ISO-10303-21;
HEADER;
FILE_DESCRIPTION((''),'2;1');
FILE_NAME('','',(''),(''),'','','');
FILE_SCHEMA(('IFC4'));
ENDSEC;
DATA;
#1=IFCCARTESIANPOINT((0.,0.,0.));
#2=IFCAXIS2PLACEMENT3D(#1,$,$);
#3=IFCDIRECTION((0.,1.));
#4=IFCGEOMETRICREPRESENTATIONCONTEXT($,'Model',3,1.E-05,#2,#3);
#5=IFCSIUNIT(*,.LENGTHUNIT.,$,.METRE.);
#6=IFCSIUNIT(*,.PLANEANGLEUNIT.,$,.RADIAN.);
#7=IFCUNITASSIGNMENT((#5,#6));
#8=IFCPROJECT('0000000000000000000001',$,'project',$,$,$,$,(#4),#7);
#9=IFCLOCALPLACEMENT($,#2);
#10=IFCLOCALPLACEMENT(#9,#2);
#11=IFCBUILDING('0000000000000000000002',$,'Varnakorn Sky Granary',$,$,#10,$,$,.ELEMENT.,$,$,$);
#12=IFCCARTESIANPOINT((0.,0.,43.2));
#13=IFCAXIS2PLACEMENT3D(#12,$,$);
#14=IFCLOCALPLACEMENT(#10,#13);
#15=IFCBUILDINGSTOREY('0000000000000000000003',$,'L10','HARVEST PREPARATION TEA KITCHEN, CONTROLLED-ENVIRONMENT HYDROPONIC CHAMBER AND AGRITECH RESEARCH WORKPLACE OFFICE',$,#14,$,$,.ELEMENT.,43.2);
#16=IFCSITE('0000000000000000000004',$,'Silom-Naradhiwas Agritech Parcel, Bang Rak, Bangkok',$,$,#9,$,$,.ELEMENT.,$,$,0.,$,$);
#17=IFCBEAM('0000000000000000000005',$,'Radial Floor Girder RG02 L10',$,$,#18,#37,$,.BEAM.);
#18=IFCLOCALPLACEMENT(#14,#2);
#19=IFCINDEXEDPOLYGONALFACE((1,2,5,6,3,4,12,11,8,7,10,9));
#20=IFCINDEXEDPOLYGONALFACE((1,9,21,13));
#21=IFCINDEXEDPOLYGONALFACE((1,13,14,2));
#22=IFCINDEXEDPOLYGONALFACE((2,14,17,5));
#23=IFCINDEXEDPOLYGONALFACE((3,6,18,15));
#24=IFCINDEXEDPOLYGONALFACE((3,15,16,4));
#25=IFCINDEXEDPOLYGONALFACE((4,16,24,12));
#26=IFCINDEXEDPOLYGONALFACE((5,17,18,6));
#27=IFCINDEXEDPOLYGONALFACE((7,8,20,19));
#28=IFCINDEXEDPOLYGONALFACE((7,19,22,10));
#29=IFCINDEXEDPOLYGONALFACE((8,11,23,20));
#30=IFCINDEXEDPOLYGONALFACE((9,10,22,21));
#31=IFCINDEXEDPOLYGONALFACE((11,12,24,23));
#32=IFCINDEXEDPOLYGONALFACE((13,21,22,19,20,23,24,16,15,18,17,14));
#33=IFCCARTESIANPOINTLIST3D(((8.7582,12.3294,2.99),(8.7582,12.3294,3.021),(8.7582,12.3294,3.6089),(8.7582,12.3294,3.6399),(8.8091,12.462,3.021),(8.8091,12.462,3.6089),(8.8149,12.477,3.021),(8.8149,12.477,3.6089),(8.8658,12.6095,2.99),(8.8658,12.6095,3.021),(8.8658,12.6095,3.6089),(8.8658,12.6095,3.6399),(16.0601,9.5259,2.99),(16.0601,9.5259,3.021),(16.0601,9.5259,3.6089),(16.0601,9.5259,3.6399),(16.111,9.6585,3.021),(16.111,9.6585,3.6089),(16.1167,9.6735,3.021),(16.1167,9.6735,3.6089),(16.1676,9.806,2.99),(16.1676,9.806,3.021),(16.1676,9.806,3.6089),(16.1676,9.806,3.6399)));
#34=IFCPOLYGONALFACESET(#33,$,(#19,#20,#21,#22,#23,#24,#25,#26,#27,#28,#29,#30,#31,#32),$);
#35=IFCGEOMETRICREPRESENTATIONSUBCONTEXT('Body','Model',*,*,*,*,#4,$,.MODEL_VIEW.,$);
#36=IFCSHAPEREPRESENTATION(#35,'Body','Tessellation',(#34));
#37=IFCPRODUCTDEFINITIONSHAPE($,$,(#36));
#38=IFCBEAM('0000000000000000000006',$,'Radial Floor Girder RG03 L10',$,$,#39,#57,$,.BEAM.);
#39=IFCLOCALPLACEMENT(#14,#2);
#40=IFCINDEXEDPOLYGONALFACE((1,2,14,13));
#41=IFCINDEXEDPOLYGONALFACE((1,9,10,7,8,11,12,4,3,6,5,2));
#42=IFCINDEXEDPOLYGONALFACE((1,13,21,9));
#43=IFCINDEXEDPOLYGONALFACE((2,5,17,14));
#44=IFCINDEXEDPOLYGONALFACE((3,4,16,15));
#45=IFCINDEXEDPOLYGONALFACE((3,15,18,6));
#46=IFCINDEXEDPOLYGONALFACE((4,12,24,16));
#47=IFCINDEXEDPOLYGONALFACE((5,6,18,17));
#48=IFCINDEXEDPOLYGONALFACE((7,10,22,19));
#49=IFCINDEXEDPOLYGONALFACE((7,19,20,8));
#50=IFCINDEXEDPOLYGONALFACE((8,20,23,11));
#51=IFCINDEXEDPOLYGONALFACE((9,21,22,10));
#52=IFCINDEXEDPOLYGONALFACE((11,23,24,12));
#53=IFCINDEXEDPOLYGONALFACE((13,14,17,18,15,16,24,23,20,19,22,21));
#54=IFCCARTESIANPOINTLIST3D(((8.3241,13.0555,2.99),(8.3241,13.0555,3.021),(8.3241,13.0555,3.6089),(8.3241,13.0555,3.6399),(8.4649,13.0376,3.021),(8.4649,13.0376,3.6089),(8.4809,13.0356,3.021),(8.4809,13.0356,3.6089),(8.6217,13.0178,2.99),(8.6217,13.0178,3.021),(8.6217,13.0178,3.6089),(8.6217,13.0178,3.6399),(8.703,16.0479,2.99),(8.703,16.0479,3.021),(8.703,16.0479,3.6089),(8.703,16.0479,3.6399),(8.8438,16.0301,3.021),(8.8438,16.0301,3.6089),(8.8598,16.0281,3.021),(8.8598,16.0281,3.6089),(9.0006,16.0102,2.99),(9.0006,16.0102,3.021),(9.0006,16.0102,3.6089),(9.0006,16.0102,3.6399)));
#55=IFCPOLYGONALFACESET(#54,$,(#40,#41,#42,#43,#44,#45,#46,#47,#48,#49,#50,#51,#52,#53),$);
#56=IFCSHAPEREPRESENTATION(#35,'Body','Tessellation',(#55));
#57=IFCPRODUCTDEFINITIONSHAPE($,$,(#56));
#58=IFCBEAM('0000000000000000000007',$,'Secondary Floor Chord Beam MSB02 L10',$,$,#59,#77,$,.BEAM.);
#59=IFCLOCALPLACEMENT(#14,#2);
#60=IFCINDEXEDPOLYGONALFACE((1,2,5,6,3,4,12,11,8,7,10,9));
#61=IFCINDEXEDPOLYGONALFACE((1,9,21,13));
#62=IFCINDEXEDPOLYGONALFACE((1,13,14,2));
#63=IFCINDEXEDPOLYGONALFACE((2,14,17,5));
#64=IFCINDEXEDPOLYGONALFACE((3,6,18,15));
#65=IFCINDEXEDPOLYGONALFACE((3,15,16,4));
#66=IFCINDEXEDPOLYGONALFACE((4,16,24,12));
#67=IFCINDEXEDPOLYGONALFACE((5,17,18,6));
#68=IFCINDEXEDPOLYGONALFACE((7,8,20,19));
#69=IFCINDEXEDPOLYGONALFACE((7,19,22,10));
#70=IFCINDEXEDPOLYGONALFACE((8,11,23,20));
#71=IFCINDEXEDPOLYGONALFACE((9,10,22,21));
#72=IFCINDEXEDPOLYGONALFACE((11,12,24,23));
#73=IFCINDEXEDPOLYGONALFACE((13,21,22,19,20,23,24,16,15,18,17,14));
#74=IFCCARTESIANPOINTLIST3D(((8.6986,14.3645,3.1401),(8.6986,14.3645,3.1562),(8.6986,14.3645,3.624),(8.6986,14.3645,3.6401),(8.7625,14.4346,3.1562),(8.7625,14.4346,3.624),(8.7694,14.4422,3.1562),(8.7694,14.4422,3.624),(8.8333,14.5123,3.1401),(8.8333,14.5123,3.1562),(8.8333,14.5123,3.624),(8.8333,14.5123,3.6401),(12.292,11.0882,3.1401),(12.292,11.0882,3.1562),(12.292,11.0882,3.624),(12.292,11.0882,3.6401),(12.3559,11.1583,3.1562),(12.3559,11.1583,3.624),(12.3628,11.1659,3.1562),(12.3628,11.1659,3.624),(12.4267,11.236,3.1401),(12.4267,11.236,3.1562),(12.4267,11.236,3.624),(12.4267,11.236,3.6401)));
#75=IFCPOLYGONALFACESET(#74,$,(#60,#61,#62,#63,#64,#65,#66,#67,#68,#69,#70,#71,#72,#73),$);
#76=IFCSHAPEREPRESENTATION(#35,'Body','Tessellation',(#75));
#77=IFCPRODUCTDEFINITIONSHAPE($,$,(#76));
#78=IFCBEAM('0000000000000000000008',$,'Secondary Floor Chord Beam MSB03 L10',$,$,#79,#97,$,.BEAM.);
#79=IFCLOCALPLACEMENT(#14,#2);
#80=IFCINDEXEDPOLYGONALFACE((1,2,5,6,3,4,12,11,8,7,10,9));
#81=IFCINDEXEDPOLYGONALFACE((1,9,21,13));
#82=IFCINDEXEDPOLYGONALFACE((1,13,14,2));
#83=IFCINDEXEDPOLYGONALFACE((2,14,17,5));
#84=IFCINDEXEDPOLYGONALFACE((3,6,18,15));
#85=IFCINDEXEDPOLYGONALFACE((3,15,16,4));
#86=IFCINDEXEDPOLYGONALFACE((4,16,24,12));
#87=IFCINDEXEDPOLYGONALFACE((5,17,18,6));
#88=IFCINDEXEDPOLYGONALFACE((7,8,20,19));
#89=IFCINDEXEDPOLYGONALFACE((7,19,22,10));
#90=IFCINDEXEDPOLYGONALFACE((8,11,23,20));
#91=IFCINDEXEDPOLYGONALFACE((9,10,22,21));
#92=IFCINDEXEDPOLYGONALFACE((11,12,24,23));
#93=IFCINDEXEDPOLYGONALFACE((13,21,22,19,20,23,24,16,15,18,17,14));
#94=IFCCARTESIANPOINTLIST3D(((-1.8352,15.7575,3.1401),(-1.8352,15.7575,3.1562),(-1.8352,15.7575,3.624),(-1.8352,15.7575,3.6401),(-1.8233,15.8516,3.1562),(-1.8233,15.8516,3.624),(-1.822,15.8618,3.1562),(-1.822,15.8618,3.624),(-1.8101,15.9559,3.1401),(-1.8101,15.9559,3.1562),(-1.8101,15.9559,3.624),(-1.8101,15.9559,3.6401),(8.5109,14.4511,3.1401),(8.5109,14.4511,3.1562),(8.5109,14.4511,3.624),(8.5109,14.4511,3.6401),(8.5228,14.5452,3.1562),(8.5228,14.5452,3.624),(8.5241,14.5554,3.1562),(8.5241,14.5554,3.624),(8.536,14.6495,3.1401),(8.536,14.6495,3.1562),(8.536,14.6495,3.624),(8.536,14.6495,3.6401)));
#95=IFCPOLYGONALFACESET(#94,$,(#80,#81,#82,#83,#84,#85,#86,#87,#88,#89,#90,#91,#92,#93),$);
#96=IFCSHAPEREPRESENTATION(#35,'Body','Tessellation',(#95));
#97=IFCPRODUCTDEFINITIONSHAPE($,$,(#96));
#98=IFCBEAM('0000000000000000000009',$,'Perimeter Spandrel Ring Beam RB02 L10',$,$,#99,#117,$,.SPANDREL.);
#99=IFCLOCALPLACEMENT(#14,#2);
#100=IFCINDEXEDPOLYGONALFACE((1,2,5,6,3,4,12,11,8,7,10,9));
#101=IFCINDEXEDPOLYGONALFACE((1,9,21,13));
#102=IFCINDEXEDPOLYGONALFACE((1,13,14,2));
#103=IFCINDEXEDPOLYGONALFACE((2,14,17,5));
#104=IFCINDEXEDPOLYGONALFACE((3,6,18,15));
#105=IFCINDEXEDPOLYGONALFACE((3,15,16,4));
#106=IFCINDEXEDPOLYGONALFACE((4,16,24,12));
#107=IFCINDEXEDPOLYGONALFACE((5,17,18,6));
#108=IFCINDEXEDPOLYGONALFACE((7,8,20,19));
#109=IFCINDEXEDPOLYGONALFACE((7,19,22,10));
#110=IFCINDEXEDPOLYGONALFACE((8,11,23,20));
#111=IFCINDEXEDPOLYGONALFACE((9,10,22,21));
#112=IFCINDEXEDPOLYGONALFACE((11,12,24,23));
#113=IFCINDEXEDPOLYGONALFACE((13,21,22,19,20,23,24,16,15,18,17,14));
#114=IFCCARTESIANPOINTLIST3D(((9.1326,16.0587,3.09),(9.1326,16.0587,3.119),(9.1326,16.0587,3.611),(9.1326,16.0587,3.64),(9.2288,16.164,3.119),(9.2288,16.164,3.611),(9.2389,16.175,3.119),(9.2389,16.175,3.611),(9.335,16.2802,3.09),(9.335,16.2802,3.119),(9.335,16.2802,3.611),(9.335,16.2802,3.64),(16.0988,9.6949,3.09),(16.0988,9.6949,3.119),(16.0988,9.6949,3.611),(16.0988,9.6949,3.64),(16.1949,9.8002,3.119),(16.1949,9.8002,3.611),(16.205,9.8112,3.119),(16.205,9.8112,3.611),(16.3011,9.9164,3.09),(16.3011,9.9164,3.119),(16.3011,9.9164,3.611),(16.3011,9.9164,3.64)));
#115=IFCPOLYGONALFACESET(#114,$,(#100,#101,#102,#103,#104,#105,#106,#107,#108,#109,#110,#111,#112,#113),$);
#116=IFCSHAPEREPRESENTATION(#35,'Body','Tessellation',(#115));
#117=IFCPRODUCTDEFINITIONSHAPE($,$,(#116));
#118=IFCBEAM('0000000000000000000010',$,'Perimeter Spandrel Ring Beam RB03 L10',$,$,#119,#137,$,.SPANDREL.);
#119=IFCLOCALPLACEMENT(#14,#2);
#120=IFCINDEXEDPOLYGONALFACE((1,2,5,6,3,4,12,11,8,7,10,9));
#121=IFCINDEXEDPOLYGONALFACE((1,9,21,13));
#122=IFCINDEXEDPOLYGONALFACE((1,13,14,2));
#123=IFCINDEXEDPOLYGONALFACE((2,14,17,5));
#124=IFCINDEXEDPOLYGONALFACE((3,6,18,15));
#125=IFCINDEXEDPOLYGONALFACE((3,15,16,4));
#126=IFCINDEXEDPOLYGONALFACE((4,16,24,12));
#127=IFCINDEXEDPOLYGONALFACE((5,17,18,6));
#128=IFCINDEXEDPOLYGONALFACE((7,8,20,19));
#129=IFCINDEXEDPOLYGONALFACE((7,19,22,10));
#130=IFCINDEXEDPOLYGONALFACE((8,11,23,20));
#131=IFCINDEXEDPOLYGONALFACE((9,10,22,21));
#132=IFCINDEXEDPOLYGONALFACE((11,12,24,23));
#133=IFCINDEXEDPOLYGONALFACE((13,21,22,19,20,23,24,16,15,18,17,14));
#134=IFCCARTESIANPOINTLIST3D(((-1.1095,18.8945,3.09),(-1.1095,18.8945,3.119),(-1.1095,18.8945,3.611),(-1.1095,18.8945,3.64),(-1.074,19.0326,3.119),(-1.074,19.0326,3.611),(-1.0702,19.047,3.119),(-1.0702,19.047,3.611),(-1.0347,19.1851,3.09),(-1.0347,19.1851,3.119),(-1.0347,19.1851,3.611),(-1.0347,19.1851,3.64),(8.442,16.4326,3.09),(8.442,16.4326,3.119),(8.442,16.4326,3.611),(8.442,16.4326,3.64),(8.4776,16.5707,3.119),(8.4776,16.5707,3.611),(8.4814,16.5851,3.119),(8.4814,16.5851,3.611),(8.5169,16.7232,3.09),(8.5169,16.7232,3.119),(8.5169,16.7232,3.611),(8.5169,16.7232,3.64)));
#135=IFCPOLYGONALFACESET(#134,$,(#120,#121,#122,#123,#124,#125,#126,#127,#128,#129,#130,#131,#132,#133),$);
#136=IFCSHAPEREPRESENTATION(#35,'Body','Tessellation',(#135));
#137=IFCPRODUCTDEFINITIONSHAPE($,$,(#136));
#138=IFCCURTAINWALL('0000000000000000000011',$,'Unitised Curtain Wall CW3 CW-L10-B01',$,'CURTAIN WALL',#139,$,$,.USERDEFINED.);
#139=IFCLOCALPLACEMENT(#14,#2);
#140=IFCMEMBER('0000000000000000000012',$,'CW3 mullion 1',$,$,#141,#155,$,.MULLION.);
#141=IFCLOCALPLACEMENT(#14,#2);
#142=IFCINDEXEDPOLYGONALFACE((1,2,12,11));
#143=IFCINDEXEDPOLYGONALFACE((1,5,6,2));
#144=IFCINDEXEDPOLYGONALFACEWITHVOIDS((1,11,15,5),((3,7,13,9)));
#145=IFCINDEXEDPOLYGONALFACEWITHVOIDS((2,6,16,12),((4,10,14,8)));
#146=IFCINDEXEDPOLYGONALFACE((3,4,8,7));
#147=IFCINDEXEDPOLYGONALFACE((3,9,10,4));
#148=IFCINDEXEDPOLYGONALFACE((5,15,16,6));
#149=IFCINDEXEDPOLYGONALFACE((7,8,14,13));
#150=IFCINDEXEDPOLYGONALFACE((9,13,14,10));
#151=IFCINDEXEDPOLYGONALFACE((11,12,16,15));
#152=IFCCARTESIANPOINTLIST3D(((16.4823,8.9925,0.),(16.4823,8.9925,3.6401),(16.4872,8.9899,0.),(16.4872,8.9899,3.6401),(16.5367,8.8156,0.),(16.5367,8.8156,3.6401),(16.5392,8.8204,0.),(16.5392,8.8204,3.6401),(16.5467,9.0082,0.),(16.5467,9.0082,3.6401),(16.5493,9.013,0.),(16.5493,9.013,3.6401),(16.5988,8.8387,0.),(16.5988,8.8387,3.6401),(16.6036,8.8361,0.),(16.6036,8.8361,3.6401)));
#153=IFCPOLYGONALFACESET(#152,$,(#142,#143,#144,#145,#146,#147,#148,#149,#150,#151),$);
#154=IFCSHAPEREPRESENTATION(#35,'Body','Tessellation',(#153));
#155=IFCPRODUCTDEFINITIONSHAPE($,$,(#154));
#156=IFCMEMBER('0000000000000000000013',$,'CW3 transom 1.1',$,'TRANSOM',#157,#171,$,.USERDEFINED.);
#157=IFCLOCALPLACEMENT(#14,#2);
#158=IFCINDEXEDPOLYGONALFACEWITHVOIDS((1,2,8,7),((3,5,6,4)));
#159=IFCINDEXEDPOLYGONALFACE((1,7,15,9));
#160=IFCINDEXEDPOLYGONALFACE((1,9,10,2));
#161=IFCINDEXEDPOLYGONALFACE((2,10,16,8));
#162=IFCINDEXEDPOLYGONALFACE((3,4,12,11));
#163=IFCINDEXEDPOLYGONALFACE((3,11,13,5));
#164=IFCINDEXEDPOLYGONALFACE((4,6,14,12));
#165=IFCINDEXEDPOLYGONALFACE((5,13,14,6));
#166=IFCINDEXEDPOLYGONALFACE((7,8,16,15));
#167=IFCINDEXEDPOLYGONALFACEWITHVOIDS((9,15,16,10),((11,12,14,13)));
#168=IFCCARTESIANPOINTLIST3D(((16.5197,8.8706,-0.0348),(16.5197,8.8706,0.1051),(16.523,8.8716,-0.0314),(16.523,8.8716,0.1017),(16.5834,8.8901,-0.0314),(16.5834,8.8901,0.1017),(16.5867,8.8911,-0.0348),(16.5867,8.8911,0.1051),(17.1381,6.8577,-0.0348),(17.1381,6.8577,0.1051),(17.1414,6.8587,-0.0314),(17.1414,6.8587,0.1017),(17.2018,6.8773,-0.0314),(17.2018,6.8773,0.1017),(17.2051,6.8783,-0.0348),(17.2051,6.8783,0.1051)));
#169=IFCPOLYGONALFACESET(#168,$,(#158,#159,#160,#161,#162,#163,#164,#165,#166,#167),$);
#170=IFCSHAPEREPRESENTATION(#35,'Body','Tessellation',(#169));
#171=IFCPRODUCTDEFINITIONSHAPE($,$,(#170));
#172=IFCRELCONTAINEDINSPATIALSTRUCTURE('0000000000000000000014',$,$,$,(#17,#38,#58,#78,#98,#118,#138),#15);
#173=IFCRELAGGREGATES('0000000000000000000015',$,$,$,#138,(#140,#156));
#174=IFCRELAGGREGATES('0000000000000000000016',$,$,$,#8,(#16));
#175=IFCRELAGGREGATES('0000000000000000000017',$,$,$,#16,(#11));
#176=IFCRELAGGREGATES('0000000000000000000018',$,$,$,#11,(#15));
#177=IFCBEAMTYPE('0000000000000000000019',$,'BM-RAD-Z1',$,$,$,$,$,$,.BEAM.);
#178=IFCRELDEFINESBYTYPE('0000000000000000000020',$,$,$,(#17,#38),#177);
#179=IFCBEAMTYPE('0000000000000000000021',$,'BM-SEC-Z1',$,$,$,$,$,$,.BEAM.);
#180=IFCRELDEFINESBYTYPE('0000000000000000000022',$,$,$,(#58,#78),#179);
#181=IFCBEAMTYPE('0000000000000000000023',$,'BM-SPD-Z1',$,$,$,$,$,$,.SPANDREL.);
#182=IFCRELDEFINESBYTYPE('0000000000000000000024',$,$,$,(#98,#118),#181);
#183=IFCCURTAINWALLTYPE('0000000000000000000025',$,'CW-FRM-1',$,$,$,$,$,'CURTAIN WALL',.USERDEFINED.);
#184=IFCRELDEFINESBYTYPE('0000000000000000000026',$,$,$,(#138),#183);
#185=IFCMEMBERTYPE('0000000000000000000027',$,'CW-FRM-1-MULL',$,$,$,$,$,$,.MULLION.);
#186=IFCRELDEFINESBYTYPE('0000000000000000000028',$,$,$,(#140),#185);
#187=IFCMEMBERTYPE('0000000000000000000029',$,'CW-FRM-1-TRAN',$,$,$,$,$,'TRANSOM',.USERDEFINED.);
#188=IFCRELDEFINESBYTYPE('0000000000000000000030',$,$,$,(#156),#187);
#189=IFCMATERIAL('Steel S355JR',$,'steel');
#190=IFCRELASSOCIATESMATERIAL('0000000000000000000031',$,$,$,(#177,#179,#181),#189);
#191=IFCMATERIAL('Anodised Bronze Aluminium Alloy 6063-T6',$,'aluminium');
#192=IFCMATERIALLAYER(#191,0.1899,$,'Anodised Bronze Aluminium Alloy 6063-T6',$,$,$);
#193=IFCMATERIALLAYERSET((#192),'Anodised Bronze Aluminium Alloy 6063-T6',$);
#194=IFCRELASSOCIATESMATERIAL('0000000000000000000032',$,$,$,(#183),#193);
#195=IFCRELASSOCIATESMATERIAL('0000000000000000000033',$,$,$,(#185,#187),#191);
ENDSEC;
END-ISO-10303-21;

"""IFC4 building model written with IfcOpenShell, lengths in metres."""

from ifc_helpers import new_model, si_unit, direction, frame, origin, origin_2d, place, context, subcontext, project, spatial, hollow_rectangle, i_section, extrude, material, layer, layer_set, material_profile, profile_set, type_object, element, aggregate, save


model = new_model("IFC4")

# Units and contexts
model_context = context("Model", 3, precision=1e-05, world=origin(), true_north=direction((0.0, 1.0)))
body_context = subcontext(model_context, "Body", "Model", "MODEL_VIEW")
ifc_project = project(units=[si_unit("LENGTHUNIT", "METRE"), si_unit("PLANEANGLEUNIT", "RADIAN")], contexts=[model_context])

# Site, building, storey
site_placement = place(None, origin())
site = spatial("IfcSite", under=ifc_project, at=site_placement, Name="Silom-Naradhiwas Agritech Parcel, Bang Rak, Bangkok", CompositionType="ELEMENT", RefElevation=0.0)
building_placement = place(site_placement, origin())
building = spatial("IfcBuilding", under=site, at=building_placement, Name="Varnakorn Sky Granary", CompositionType="ELEMENT")
storey_placement = place(building_placement, frame((0.0, 0.0, 43.2)))
storey = spatial("IfcBuildingStorey", under=building, at=storey_placement, Name="L10", Description="HARVEST PREPARATION TEA KITCHEN, CONTROLLED-ENVIRONMENT HYDROPONIC CHAMBER AND AGRITECH RESEARCH WORKPLACE OFFICE", CompositionType="ELEMENT", Elevation=43.2)

# Beams
ifc_material_1 = material(Name="Steel S355JR", Category="steel")
ifc_material_profile_1 = material_profile(ifc_material_1, i_section(OverallWidth=0.3, OverallDepth=0.6499, WebThickness=0.0161, FlangeThickness=0.031, at=origin_2d()), Name="HE 650 B")
ifc_profile_set_1 = profile_set([ifc_material_profile_1], Name="Steel S355JR")
beam_type_1 = type_object("IfcBeamType", Name="BM-RAD-Z1", PredefinedType="BEAM", material=ifc_profile_set_1)
beam_1_placement = place(storey_placement, frame((8.812, 12.4695, 3.3149), z_axis=(0.933555, -0.358433, 0.0), x_axis=(0.358433, 0.933555, 0.0)))
element("IfcBeam", 1, at=beam_1_placement, inside=storey, type_object=beam_type_1, Name="Radial Floor Girder RG02 L10", PredefinedType="BEAM", context=body_context, shape_type="SweptSolid", body=[
    extrude(i_section(OverallWidth=0.3, OverallDepth=0.6499, WebThickness=0.0161, FlangeThickness=0.031, at=origin_2d()), origin(), (0.0, 0.0, 1.0), 7.8215),
])
beam_2_placement = place(storey_placement, frame((8.4729, 13.0366, 3.3149), z_axis=(0.125619, 0.992079, 0.0), x_axis=(-0.992079, 0.125619, 0.0)))
element("IfcBeam", 2, at=beam_2_placement, inside=storey, type_object=beam_type_1, Name="Radial Floor Girder RG03 L10", PredefinedType="BEAM", context=body_context, shape_type="SweptSolid", body=[
    extrude(i_section(OverallWidth=0.3, OverallDepth=0.6499, WebThickness=0.0161, FlangeThickness=0.031, at=origin_2d()), origin(), (0.0, 0.0, 1.0), 3.0164),
])
ifc_material_profile_2 = material_profile(ifc_material_1, i_section(OverallWidth=0.2, OverallDepth=0.5, WebThickness=0.0103, FlangeThickness=0.0161, at=origin_2d()), Name="IPE 500")
ifc_profile_set_2 = profile_set([ifc_material_profile_2], Name="Steel S355JR")
beam_type_2 = type_object("IfcBeamType", Name="BM-SEC-Z1", PredefinedType="BEAM", material=ifc_profile_set_2)
beam_3_placement = place(storey_placement, frame((12.3594, 11.1621, 3.3901), z_axis=(-0.738962, 0.673747, 0.0), x_axis=(-0.673747, -0.738962, 0.0)))
element("IfcBeam", 3, at=beam_3_placement, inside=storey, type_object=beam_type_2, Name="Secondary Floor Chord Beam MSB02 L10", PredefinedType="BEAM", context=body_context, shape_type="SweptSolid", body=[
    extrude(i_section(OverallWidth=0.2, OverallDepth=0.5, WebThickness=0.0103, FlangeThickness=0.0161, at=origin_2d()), origin(), (0.0, 0.0, 1.0), 4.8628),
])
beam_4_placement = place(storey_placement, frame((8.5234, 14.5503, 3.3901), z_axis=(-0.992122, 0.125274, 0.0), x_axis=(-0.125274, -0.992122, 0.0)))
element("IfcBeam", 4, at=beam_4_placement, inside=storey, type_object=beam_type_2, Name="Secondary Floor Chord Beam MSB03 L10", PredefinedType="BEAM", context=body_context, shape_type="SweptSolid", body=[
    extrude(i_section(OverallWidth=0.2, OverallDepth=0.5, WebThickness=0.0103, FlangeThickness=0.0161, at=origin_2d()), origin(), (0.0, 0.0, 1.0), 10.4282),
])
ifc_material_profile_3 = material_profile(ifc_material_1, i_section(OverallWidth=0.3, OverallDepth=0.55, WebThickness=0.0149, FlangeThickness=0.0291, at=origin_2d()), Name="HE 550 B")
ifc_profile_set_3 = profile_set([ifc_material_profile_3], Name="Steel S355JR")
beam_type_3 = type_object("IfcBeamType", Name="BM-SPD-Z1", PredefinedType="SPANDREL", material=ifc_profile_set_3)
beam_5_placement = place(storey_placement, frame((16.2, 9.8057, 3.365), z_axis=(-0.738303, 0.674469, 0.0), x_axis=(-0.674469, -0.738303, 0.0)))
element("IfcBeam", 5, at=beam_5_placement, inside=storey, type_object=beam_type_3, Name="Perimeter Spandrel Ring Beam RB02 L10", PredefinedType="SPANDREL", context=body_context, shape_type="SweptSolid", body=[
    extrude(i_section(OverallWidth=0.3, OverallDepth=0.55, WebThickness=0.0149, FlangeThickness=0.0291, at=origin_2d()), origin(), (0.0, 0.0, 1.0), 9.4353),
])
beam_6_placement = place(storey_placement, frame((8.4795, 16.5779, 3.365), z_axis=(-0.968351, 0.249594, 0.0), x_axis=(-0.249594, -0.968351, 0.0)))
element("IfcBeam", 6, at=beam_6_placement, inside=storey, type_object=beam_type_3, Name="Perimeter Spandrel Ring Beam RB03 L10", PredefinedType="SPANDREL", context=body_context, shape_type="SweptSolid", body=[
    extrude(i_section(OverallWidth=0.3, OverallDepth=0.55, WebThickness=0.0149, FlangeThickness=0.0291, at=origin_2d()), origin(), (0.0, 0.0, 1.0), 9.8638),
])

# Curtain wall, members
ifc_material_2 = material(Name="Anodised Bronze Aluminium Alloy 6063-T6", Category="aluminium")
ifc_layer_1 = layer(ifc_material_2, 0.1899, Name="Anodised Bronze Aluminium Alloy 6063-T6")
ifc_layer_set_1 = layer_set([ifc_layer_1], Name="Anodised Bronze Aluminium Alloy 6063-T6")
curtain_wall_type = type_object("IfcCurtainWallType", Name="CW-FRM-1", ElementType="CURTAIN WALL", PredefinedType="USERDEFINED", material=ifc_layer_set_1)
curtain_wall_placement = place(storey_placement, origin())
curtain_wall = element("IfcCurtainWall", 7, at=curtain_wall_placement, inside=storey, type_object=curtain_wall_type, Name="Unitised Curtain Wall CW3 CW-L10-B01", ObjectType="CURTAIN WALL", PredefinedType="USERDEFINED")
ifc_material_profile_4 = material_profile(ifc_material_2, hollow_rectangle(XDim=0.0701, YDim=0.1851, WallThickness=0.0039, at=origin_2d()), Name="ALU MULL 70x185")
ifc_profile_set_4 = profile_set([ifc_material_profile_4], Name="Anodised Bronze Aluminium Alloy 6063-T6")
member_type_1 = type_object("IfcMemberType", Name="CW-FRM-1-MULL", PredefinedType="MULLION", material=ifc_profile_set_4)
member_1_placement = place(storey_placement, frame((16.543, 8.9143, 0.0), z_axis=(0.0, 0.0, 1.0), x_axis=(0.95589, 0.293723, 0.0)))
member_1 = element("IfcMember", 8, at=member_1_placement, type_object=member_type_1, Name="CW3 mullion 1", PredefinedType="MULLION", context=body_context, shape_type="SweptSolid", body=[
    extrude(hollow_rectangle(XDim=0.0701, YDim=0.1851, WallThickness=0.0039, at=origin_2d()), origin(), (0.0, 0.0, 1.0), 3.6401),
])
ifc_material_profile_5 = material_profile(ifc_material_2, hollow_rectangle(XDim=0.0701, YDim=0.1399, WallThickness=0.0034, at=origin_2d()), Name="ALU TRAN 70x140")
ifc_profile_set_5 = profile_set([ifc_material_profile_5], Name="Anodised Bronze Aluminium Alloy 6063-T6")
member_type_2 = type_object("IfcMemberType", Name="CW-FRM-1-TRAN", ElementType="TRANSOM", PredefinedType="USERDEFINED", material=ifc_profile_set_5)
member_2_placement = place(storey_placement, frame((16.5532, 8.8809, 0.0352), z_axis=(0.29367, -0.955907, 0.0), x_axis=(0.955907, 0.29367, 0.0)))
member_2 = element("IfcMember", 9, at=member_2_placement, type_object=member_type_2, Name="CW3 transom 1.1", ObjectType="TRANSOM", PredefinedType="USERDEFINED", context=body_context, shape_type="SweptSolid", body=[
    extrude(hollow_rectangle(XDim=0.0701, YDim=0.1399, WallThickness=0.0034, at=origin_2d()), origin(), (0.0, 0.0, 1.0), 2.1057),
])
aggregate(curtain_wall, [member_1, member_2])

save(model, "model.ifc")
